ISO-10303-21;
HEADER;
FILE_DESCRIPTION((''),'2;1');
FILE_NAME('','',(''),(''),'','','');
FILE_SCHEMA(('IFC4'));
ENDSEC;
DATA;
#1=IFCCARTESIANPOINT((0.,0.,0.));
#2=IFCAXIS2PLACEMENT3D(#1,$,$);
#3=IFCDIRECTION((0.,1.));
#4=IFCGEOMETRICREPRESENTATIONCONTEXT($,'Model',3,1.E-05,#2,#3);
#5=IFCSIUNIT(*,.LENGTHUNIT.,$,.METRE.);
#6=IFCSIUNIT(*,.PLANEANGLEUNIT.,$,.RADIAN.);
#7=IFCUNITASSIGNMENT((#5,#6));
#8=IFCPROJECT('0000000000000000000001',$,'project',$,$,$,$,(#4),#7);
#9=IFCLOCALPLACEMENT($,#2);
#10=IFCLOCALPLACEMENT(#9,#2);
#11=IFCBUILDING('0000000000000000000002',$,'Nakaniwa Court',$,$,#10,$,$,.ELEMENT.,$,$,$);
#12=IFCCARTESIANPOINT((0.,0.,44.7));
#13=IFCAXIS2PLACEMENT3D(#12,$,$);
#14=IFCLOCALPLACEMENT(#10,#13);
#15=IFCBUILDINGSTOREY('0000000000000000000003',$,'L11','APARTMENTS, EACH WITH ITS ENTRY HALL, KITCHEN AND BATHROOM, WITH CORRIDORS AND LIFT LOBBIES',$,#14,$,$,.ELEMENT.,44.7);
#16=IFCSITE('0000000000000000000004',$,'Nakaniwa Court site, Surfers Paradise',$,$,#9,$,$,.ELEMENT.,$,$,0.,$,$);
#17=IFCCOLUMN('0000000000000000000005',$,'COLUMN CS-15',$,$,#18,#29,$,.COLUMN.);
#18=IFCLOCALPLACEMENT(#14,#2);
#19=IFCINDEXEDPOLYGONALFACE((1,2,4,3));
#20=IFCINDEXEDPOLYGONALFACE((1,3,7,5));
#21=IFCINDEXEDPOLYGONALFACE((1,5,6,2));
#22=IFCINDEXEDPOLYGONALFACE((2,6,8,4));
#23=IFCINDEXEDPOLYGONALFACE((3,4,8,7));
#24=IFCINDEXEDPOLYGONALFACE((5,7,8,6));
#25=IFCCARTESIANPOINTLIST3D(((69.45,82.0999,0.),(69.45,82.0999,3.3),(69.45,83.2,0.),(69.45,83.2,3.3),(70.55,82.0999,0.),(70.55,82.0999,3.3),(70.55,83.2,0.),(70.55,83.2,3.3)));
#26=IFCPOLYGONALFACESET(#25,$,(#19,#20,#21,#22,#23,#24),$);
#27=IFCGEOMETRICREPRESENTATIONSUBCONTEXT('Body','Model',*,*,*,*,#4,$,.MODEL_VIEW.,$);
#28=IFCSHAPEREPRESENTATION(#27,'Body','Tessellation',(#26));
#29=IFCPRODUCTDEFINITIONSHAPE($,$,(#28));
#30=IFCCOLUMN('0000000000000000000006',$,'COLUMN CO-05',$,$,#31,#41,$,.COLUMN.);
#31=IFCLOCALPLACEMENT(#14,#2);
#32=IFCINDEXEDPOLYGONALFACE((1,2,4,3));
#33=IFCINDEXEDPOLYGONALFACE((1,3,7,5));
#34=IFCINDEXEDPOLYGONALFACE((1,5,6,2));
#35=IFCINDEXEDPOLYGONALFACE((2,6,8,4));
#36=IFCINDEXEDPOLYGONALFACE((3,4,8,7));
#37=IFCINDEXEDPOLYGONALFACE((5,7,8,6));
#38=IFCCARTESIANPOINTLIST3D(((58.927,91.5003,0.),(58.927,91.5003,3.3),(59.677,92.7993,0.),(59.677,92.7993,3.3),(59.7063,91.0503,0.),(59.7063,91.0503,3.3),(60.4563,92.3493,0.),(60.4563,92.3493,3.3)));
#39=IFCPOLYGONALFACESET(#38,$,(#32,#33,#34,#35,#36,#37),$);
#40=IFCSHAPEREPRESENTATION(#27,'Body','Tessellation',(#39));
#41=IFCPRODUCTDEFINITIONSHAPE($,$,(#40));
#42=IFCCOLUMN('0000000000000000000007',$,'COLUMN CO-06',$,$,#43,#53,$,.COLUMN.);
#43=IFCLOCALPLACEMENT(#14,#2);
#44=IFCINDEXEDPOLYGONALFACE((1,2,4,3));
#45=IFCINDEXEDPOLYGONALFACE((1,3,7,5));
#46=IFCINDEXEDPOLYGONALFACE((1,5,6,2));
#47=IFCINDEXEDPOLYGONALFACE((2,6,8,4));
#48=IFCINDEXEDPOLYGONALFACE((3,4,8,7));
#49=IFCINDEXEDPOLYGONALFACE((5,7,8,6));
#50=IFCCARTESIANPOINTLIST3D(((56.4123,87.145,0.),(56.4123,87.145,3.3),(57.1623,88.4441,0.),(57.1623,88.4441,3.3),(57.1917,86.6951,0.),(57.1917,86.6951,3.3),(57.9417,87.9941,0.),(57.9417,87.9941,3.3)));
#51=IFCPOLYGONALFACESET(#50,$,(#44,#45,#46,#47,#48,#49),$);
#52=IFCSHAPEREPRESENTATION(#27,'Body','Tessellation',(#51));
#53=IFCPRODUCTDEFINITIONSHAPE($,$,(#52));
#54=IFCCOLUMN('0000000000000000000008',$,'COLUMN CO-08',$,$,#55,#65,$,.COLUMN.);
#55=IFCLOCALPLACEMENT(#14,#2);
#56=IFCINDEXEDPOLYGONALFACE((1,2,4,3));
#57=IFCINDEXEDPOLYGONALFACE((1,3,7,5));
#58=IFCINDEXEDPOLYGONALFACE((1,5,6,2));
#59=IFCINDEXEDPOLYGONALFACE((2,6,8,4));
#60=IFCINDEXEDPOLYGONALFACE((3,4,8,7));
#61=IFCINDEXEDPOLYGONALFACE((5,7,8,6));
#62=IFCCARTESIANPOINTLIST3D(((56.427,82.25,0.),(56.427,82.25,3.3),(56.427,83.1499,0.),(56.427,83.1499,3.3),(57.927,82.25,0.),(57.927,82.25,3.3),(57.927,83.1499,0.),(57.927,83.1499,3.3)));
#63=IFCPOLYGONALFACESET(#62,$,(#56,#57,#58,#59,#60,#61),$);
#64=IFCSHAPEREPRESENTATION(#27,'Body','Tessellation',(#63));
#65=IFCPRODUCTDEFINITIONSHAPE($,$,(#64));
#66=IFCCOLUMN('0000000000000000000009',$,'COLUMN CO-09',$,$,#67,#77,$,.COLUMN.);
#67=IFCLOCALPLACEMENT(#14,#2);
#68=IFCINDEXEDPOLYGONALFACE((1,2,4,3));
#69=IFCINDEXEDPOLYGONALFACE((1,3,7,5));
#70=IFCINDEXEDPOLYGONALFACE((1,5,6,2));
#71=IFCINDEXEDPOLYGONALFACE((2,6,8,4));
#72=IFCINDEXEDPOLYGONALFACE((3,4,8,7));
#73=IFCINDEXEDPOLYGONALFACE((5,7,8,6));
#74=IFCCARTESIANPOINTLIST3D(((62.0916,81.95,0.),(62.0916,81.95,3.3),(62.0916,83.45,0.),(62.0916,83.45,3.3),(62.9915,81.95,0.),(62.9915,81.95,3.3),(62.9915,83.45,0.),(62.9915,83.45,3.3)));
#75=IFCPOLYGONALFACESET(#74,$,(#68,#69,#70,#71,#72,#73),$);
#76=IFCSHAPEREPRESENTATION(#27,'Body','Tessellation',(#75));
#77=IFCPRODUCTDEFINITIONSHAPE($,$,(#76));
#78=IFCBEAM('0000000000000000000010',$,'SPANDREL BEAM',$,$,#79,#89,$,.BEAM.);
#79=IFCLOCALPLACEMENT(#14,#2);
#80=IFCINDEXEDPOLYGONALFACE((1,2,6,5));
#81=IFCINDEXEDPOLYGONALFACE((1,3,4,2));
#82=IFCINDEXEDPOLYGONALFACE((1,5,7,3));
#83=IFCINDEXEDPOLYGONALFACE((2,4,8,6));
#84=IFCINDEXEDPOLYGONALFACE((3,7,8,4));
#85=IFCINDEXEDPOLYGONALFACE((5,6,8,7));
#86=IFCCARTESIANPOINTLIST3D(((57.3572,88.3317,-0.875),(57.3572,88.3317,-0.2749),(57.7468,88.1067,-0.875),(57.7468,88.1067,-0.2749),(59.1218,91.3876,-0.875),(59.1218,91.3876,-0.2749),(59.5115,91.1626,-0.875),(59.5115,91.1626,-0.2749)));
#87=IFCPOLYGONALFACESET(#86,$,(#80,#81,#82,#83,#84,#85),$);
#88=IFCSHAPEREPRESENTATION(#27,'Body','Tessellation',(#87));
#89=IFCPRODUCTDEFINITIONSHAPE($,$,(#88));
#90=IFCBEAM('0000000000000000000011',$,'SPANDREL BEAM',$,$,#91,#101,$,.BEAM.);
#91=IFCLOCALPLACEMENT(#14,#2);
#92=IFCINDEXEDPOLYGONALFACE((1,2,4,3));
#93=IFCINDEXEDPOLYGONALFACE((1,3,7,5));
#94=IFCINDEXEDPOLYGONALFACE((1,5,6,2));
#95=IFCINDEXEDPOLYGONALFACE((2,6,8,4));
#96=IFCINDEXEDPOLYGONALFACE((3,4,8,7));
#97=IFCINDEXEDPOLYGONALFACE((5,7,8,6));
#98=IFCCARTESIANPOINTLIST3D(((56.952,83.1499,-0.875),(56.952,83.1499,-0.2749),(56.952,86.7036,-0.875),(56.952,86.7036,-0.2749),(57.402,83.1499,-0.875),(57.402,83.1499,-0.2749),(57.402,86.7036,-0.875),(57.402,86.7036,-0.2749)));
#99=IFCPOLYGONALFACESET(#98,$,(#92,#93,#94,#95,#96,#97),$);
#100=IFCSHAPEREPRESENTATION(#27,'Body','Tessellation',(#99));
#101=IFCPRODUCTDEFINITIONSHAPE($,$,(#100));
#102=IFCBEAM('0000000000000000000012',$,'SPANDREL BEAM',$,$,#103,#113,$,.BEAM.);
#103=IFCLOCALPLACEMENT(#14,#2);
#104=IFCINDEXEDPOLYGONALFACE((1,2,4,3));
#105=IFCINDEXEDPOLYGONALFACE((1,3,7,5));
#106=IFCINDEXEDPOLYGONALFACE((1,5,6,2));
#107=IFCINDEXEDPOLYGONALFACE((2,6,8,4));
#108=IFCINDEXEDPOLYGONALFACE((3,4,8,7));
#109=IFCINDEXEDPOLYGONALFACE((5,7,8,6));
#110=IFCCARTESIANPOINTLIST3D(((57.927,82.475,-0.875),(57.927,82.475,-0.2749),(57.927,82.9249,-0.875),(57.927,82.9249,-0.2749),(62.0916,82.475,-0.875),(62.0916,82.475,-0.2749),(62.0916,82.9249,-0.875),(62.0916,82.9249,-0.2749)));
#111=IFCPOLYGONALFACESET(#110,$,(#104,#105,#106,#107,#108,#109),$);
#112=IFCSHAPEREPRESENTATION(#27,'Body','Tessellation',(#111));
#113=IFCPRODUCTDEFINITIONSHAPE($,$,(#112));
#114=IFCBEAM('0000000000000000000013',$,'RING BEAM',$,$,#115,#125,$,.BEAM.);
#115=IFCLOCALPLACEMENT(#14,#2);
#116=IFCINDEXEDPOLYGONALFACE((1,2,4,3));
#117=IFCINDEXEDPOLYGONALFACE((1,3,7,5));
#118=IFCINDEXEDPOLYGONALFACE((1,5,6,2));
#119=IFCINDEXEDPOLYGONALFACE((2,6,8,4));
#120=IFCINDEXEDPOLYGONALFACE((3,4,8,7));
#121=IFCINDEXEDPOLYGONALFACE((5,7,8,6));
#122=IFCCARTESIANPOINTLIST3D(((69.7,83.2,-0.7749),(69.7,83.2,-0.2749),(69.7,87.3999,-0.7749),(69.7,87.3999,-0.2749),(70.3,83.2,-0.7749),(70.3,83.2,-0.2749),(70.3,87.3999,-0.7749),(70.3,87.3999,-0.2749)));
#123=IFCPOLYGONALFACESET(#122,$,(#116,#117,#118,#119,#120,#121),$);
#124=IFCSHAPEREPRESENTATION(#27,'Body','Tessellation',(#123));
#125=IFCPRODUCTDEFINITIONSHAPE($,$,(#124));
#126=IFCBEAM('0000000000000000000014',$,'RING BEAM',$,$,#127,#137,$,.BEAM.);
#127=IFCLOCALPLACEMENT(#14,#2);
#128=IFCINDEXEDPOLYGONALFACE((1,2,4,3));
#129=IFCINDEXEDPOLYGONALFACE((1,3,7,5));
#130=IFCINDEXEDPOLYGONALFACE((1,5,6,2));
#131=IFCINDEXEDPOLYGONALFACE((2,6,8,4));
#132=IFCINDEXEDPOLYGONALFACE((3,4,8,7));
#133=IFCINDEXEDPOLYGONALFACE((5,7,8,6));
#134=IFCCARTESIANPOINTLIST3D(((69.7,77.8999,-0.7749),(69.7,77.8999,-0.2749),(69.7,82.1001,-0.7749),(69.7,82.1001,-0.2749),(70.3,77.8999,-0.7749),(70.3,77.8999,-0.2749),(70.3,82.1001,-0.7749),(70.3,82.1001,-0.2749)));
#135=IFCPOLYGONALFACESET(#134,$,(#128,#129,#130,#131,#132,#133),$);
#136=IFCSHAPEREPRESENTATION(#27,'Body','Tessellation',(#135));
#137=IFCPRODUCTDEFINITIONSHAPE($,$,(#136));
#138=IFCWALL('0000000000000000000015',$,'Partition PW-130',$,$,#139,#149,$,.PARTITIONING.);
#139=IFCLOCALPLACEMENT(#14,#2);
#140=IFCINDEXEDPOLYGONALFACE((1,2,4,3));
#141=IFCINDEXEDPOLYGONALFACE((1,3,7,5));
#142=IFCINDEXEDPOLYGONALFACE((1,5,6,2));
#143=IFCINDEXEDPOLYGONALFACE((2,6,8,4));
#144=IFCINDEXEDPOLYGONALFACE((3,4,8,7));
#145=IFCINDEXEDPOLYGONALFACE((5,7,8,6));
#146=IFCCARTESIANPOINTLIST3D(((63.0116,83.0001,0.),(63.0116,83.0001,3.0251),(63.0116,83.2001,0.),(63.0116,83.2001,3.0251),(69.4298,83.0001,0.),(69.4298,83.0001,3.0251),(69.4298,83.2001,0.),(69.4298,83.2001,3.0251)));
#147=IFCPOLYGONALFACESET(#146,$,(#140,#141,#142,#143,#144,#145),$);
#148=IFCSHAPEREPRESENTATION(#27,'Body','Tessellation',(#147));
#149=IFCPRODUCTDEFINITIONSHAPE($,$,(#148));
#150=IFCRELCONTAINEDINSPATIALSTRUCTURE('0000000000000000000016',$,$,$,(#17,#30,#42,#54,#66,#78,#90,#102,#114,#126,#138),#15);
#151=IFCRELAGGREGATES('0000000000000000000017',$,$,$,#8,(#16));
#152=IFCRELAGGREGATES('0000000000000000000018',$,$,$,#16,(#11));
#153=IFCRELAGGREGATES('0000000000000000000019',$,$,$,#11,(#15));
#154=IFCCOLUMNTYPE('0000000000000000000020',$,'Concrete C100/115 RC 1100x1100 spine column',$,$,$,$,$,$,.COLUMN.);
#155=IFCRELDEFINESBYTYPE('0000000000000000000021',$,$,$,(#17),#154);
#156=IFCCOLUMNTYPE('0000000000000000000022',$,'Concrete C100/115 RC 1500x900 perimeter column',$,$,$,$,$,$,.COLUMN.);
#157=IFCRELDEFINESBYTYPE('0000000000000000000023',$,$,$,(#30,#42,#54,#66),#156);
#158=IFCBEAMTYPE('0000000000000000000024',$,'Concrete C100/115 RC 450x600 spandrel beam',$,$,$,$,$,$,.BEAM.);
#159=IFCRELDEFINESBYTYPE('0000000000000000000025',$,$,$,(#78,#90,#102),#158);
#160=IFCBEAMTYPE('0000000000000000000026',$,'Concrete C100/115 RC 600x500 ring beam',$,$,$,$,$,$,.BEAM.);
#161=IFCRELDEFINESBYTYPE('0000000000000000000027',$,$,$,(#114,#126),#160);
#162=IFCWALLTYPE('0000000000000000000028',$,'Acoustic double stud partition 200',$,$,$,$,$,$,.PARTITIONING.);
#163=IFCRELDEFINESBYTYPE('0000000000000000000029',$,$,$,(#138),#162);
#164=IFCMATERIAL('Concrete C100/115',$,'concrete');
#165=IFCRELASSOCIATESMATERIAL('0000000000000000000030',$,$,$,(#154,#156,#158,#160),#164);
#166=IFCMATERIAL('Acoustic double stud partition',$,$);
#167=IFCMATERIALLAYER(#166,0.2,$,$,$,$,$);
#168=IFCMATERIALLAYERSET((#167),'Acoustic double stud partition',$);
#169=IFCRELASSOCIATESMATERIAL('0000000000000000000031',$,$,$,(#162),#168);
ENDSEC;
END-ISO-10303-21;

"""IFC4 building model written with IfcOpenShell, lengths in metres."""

from ifc_helpers import new_model, si_unit, direction, frame, frame_2d, origin, origin_2d, place, context, subcontext, project, spatial, rectangle, extrude, material, layer, layer_set, material_profile, profile_set, type_object, element, save


model = new_model("IFC4")

# Units and contexts
model_context = context("Model", 3, precision=1e-05, world=origin(), true_north=direction((0.0, 1.0)))
body_context = subcontext(model_context, "Body", "Model", "MODEL_VIEW")
ifc_project = project(units=[si_unit("LENGTHUNIT", "METRE"), si_unit("PLANEANGLEUNIT", "RADIAN")], contexts=[model_context])

# Site, building, storey
site_placement = place(None, origin())
site = spatial("IfcSite", under=ifc_project, at=site_placement, Name="Nakaniwa Court site, Surfers Paradise", CompositionType="ELEMENT", RefElevation=0.0)
building_placement = place(site_placement, origin())
building = spatial("IfcBuilding", under=site, at=building_placement, Name="Nakaniwa Court", CompositionType="ELEMENT")
storey_placement = place(building_placement, frame((0.0, 0.0, 44.7)))
storey = spatial("IfcBuildingStorey", under=building, at=storey_placement, Name="L11", Description="APARTMENTS, EACH WITH ITS ENTRY HALL, KITCHEN AND BATHROOM, WITH CORRIDORS AND LIFT LOBBIES", CompositionType="ELEMENT", Elevation=44.7)

# Columns
ifc_material_1 = material(Name="Concrete C100/115", Category="concrete")
ifc_material_profile_1 = material_profile(ifc_material_1, rectangle(XDim=1.1001, YDim=1.1001, at=origin_2d()), Name="Concrete C100/115 RC 1100x1100 spine column")
ifc_profile_set_1 = profile_set([ifc_material_profile_1], Name="Concrete C100/115")
column_type_1 = type_object("IfcColumnType", Name="Concrete C100/115 RC 1100x1100 spine column", PredefinedType="COLUMN", material=ifc_profile_set_1)
column_placement = place(storey_placement, frame((70.0, 82.6499, 0.0), z_axis=(0.0, 0.0, 1.0), x_axis=(0.0, -1.0, 0.0)))
element("IfcColumn", 1, at=column_placement, inside=storey, type_object=column_type_1, Name="COLUMN CS-15", PredefinedType="COLUMN", context=body_context, shape_type="SweptSolid", body=[
    extrude(rectangle(XDim=1.1001, YDim=1.1001, at=origin_2d()), origin(), (0.0, 0.0, 1.0), 3.3),
])
ifc_material_profile_2 = material_profile(ifc_material_1, rectangle(XDim=1.5, YDim=0.8999, at=origin_2d()), Name="Concrete C100/115 RC 1500x900 perimeter column")
ifc_profile_set_2 = profile_set([ifc_material_profile_2], Name="Concrete C100/115")
column_type_2 = type_object("IfcColumnType", Name="Concrete C100/115 RC 1500x900 perimeter column", PredefinedType="COLUMN", material=ifc_profile_set_2)
for number, where, z_axis, x_axis, name in (
    (2, (59.6917, 91.9248, 0.0), (0.0, 0.0, 1.0), (-0.5, -0.866025, 0.0), "COLUMN CO-05"),
    (3, (57.177, 87.5696, 0.0), (0.0, 0.0, 1.0), (-0.5, -0.866025, 0.0), "COLUMN CO-06"),
    (4, (57.177, 82.7, 0.0), (0.0, 0.0, 1.0), (1.0, 0.0, 0.0), "COLUMN CO-08"),
    (5, (62.5415, 82.7, 0.0), (0.0, 0.0, 1.0), (0.0, -1.0, 0.0), "COLUMN CO-09"),
):
    element("IfcColumn", number, at=place(storey_placement, frame(where, z_axis=z_axis, x_axis=x_axis)), inside=storey, type_object=column_type_2, Name=name, PredefinedType="COLUMN", context=body_context, shape_type="SweptSolid", body=[
        extrude(rectangle(XDim=1.5, YDim=0.8999, at=origin_2d()), origin(), (0.0, 0.0, 1.0), 3.3),
    ])

# Beams
ifc_material_profile_3 = material_profile(ifc_material_1, rectangle(XDim=0.45, YDim=0.6001, at=origin_2d()), Name="Concrete C100/115 RC 450x600 spandrel beam")
ifc_profile_set_3 = profile_set([ifc_material_profile_3], Name="Concrete C100/115")
beam_type_1 = type_object("IfcBeamType", Name="Concrete C100/115 RC 450x600 spandrel beam", PredefinedType="BEAM", material=ifc_profile_set_3)
beam_1_placement = place(storey_placement, frame((59.3167, 91.2751, -0.575), z_axis=(-0.500068, -0.865986, 0.0), x_axis=(0.865986, -0.500068, 0.0)))
element("IfcBeam", 6, at=beam_1_placement, inside=storey, type_object=beam_type_1, Name="SPANDREL BEAM", PredefinedType="BEAM", context=body_context, shape_type="SweptSolid", body=[
    extrude(rectangle(XDim=0.45, YDim=0.6001, at=origin_2d()), origin(), (0.0, 0.0, 1.0), 3.5288),
])
beam_2_placement = place(storey_placement, frame((57.177, 86.7036, -0.575), z_axis=(0.0, -1.0, 0.0), x_axis=(1.0, 0.0, 0.0)))
element("IfcBeam", 7, at=beam_2_placement, inside=storey, type_object=beam_type_1, Name="SPANDREL BEAM", PredefinedType="BEAM", context=body_context, shape_type="SweptSolid", body=[
    extrude(rectangle(XDim=0.45, YDim=0.6001, at=origin_2d()), origin(), (0.0, 0.0, 1.0), 3.5537),
])
beam_3_placement = place(storey_placement, frame((57.927, 82.7, -0.575), z_axis=(1.0, 0.0, 0.0), x_axis=(0.0, 1.0, 0.0)))
element("IfcBeam", 8, at=beam_3_placement, inside=storey, type_object=beam_type_1, Name="SPANDREL BEAM", PredefinedType="BEAM", context=body_context, shape_type="SweptSolid", body=[
    extrude(rectangle(XDim=0.45, YDim=0.6001, at=origin_2d()), origin(), (0.0, 0.0, 1.0), 4.1646),
])
ifc_material_profile_4 = material_profile(ifc_material_1, rectangle(XDim=0.6001, YDim=0.5, at=origin_2d()), Name="Concrete C100/115 RC 600x500 ring beam")
ifc_profile_set_4 = profile_set([ifc_material_profile_4], Name="Concrete C100/115")
beam_type_2 = type_object("IfcBeamType", Name="Concrete C100/115 RC 600x500 ring beam", PredefinedType="BEAM", material=ifc_profile_set_4)
beam_4_placement = place(storey_placement, frame((70.0, 87.3999, -0.5249), z_axis=(0.0, -1.0, 0.0), x_axis=(1.0, 0.0, 0.0)))
element("IfcBeam", 9, at=beam_4_placement, inside=storey, type_object=beam_type_2, Name="RING BEAM", PredefinedType="BEAM", context=body_context, shape_type="SweptSolid", body=[
    extrude(rectangle(XDim=0.6001, YDim=0.5, at=origin_2d()), origin(), (0.0, 0.0, 1.0), 4.2),
])
beam_5_placement = place(storey_placement, frame((70.0, 82.1001, -0.5249), z_axis=(0.0, -1.0, 0.0), x_axis=(1.0, 0.0, 0.0)))
element("IfcBeam", 10, at=beam_5_placement, inside=storey, type_object=beam_type_2, Name="RING BEAM", PredefinedType="BEAM", context=body_context, shape_type="SweptSolid", body=[
    extrude(rectangle(XDim=0.6001, YDim=0.5, at=origin_2d()), origin(), (0.0, 0.0, 1.0), 4.2002),
])

# Wall
ifc_material_2 = material(Name="Acoustic double stud partition")
ifc_layer_1 = layer(ifc_material_2, 0.2)
ifc_layer_set_1 = layer_set([ifc_layer_1], Name="Acoustic double stud partition")
wall_type_1 = type_object("IfcWallType", Name="Acoustic double stud partition 200", PredefinedType="PARTITIONING", material=ifc_layer_set_1)
wall_1_placement = place(storey_placement, frame((63.0117, 83.1001, 0.0), z_axis=(0.0, 0.0, 1.0), x_axis=(1.0, 0.0, 0.0)))
element("IfcWall", 11, at=wall_1_placement, inside=storey, type_object=wall_type_1, Name="Partition PW-130", PredefinedType="PARTITIONING", context=body_context, shape_type="SweptSolid", body=[
    extrude(rectangle(XDim=6.4182, YDim=0.2, at=frame_2d((3.209, 0.0))), origin(), (0.0, 0.0, 1.0), 3.0251),
])

save(model, "model.ifc")
